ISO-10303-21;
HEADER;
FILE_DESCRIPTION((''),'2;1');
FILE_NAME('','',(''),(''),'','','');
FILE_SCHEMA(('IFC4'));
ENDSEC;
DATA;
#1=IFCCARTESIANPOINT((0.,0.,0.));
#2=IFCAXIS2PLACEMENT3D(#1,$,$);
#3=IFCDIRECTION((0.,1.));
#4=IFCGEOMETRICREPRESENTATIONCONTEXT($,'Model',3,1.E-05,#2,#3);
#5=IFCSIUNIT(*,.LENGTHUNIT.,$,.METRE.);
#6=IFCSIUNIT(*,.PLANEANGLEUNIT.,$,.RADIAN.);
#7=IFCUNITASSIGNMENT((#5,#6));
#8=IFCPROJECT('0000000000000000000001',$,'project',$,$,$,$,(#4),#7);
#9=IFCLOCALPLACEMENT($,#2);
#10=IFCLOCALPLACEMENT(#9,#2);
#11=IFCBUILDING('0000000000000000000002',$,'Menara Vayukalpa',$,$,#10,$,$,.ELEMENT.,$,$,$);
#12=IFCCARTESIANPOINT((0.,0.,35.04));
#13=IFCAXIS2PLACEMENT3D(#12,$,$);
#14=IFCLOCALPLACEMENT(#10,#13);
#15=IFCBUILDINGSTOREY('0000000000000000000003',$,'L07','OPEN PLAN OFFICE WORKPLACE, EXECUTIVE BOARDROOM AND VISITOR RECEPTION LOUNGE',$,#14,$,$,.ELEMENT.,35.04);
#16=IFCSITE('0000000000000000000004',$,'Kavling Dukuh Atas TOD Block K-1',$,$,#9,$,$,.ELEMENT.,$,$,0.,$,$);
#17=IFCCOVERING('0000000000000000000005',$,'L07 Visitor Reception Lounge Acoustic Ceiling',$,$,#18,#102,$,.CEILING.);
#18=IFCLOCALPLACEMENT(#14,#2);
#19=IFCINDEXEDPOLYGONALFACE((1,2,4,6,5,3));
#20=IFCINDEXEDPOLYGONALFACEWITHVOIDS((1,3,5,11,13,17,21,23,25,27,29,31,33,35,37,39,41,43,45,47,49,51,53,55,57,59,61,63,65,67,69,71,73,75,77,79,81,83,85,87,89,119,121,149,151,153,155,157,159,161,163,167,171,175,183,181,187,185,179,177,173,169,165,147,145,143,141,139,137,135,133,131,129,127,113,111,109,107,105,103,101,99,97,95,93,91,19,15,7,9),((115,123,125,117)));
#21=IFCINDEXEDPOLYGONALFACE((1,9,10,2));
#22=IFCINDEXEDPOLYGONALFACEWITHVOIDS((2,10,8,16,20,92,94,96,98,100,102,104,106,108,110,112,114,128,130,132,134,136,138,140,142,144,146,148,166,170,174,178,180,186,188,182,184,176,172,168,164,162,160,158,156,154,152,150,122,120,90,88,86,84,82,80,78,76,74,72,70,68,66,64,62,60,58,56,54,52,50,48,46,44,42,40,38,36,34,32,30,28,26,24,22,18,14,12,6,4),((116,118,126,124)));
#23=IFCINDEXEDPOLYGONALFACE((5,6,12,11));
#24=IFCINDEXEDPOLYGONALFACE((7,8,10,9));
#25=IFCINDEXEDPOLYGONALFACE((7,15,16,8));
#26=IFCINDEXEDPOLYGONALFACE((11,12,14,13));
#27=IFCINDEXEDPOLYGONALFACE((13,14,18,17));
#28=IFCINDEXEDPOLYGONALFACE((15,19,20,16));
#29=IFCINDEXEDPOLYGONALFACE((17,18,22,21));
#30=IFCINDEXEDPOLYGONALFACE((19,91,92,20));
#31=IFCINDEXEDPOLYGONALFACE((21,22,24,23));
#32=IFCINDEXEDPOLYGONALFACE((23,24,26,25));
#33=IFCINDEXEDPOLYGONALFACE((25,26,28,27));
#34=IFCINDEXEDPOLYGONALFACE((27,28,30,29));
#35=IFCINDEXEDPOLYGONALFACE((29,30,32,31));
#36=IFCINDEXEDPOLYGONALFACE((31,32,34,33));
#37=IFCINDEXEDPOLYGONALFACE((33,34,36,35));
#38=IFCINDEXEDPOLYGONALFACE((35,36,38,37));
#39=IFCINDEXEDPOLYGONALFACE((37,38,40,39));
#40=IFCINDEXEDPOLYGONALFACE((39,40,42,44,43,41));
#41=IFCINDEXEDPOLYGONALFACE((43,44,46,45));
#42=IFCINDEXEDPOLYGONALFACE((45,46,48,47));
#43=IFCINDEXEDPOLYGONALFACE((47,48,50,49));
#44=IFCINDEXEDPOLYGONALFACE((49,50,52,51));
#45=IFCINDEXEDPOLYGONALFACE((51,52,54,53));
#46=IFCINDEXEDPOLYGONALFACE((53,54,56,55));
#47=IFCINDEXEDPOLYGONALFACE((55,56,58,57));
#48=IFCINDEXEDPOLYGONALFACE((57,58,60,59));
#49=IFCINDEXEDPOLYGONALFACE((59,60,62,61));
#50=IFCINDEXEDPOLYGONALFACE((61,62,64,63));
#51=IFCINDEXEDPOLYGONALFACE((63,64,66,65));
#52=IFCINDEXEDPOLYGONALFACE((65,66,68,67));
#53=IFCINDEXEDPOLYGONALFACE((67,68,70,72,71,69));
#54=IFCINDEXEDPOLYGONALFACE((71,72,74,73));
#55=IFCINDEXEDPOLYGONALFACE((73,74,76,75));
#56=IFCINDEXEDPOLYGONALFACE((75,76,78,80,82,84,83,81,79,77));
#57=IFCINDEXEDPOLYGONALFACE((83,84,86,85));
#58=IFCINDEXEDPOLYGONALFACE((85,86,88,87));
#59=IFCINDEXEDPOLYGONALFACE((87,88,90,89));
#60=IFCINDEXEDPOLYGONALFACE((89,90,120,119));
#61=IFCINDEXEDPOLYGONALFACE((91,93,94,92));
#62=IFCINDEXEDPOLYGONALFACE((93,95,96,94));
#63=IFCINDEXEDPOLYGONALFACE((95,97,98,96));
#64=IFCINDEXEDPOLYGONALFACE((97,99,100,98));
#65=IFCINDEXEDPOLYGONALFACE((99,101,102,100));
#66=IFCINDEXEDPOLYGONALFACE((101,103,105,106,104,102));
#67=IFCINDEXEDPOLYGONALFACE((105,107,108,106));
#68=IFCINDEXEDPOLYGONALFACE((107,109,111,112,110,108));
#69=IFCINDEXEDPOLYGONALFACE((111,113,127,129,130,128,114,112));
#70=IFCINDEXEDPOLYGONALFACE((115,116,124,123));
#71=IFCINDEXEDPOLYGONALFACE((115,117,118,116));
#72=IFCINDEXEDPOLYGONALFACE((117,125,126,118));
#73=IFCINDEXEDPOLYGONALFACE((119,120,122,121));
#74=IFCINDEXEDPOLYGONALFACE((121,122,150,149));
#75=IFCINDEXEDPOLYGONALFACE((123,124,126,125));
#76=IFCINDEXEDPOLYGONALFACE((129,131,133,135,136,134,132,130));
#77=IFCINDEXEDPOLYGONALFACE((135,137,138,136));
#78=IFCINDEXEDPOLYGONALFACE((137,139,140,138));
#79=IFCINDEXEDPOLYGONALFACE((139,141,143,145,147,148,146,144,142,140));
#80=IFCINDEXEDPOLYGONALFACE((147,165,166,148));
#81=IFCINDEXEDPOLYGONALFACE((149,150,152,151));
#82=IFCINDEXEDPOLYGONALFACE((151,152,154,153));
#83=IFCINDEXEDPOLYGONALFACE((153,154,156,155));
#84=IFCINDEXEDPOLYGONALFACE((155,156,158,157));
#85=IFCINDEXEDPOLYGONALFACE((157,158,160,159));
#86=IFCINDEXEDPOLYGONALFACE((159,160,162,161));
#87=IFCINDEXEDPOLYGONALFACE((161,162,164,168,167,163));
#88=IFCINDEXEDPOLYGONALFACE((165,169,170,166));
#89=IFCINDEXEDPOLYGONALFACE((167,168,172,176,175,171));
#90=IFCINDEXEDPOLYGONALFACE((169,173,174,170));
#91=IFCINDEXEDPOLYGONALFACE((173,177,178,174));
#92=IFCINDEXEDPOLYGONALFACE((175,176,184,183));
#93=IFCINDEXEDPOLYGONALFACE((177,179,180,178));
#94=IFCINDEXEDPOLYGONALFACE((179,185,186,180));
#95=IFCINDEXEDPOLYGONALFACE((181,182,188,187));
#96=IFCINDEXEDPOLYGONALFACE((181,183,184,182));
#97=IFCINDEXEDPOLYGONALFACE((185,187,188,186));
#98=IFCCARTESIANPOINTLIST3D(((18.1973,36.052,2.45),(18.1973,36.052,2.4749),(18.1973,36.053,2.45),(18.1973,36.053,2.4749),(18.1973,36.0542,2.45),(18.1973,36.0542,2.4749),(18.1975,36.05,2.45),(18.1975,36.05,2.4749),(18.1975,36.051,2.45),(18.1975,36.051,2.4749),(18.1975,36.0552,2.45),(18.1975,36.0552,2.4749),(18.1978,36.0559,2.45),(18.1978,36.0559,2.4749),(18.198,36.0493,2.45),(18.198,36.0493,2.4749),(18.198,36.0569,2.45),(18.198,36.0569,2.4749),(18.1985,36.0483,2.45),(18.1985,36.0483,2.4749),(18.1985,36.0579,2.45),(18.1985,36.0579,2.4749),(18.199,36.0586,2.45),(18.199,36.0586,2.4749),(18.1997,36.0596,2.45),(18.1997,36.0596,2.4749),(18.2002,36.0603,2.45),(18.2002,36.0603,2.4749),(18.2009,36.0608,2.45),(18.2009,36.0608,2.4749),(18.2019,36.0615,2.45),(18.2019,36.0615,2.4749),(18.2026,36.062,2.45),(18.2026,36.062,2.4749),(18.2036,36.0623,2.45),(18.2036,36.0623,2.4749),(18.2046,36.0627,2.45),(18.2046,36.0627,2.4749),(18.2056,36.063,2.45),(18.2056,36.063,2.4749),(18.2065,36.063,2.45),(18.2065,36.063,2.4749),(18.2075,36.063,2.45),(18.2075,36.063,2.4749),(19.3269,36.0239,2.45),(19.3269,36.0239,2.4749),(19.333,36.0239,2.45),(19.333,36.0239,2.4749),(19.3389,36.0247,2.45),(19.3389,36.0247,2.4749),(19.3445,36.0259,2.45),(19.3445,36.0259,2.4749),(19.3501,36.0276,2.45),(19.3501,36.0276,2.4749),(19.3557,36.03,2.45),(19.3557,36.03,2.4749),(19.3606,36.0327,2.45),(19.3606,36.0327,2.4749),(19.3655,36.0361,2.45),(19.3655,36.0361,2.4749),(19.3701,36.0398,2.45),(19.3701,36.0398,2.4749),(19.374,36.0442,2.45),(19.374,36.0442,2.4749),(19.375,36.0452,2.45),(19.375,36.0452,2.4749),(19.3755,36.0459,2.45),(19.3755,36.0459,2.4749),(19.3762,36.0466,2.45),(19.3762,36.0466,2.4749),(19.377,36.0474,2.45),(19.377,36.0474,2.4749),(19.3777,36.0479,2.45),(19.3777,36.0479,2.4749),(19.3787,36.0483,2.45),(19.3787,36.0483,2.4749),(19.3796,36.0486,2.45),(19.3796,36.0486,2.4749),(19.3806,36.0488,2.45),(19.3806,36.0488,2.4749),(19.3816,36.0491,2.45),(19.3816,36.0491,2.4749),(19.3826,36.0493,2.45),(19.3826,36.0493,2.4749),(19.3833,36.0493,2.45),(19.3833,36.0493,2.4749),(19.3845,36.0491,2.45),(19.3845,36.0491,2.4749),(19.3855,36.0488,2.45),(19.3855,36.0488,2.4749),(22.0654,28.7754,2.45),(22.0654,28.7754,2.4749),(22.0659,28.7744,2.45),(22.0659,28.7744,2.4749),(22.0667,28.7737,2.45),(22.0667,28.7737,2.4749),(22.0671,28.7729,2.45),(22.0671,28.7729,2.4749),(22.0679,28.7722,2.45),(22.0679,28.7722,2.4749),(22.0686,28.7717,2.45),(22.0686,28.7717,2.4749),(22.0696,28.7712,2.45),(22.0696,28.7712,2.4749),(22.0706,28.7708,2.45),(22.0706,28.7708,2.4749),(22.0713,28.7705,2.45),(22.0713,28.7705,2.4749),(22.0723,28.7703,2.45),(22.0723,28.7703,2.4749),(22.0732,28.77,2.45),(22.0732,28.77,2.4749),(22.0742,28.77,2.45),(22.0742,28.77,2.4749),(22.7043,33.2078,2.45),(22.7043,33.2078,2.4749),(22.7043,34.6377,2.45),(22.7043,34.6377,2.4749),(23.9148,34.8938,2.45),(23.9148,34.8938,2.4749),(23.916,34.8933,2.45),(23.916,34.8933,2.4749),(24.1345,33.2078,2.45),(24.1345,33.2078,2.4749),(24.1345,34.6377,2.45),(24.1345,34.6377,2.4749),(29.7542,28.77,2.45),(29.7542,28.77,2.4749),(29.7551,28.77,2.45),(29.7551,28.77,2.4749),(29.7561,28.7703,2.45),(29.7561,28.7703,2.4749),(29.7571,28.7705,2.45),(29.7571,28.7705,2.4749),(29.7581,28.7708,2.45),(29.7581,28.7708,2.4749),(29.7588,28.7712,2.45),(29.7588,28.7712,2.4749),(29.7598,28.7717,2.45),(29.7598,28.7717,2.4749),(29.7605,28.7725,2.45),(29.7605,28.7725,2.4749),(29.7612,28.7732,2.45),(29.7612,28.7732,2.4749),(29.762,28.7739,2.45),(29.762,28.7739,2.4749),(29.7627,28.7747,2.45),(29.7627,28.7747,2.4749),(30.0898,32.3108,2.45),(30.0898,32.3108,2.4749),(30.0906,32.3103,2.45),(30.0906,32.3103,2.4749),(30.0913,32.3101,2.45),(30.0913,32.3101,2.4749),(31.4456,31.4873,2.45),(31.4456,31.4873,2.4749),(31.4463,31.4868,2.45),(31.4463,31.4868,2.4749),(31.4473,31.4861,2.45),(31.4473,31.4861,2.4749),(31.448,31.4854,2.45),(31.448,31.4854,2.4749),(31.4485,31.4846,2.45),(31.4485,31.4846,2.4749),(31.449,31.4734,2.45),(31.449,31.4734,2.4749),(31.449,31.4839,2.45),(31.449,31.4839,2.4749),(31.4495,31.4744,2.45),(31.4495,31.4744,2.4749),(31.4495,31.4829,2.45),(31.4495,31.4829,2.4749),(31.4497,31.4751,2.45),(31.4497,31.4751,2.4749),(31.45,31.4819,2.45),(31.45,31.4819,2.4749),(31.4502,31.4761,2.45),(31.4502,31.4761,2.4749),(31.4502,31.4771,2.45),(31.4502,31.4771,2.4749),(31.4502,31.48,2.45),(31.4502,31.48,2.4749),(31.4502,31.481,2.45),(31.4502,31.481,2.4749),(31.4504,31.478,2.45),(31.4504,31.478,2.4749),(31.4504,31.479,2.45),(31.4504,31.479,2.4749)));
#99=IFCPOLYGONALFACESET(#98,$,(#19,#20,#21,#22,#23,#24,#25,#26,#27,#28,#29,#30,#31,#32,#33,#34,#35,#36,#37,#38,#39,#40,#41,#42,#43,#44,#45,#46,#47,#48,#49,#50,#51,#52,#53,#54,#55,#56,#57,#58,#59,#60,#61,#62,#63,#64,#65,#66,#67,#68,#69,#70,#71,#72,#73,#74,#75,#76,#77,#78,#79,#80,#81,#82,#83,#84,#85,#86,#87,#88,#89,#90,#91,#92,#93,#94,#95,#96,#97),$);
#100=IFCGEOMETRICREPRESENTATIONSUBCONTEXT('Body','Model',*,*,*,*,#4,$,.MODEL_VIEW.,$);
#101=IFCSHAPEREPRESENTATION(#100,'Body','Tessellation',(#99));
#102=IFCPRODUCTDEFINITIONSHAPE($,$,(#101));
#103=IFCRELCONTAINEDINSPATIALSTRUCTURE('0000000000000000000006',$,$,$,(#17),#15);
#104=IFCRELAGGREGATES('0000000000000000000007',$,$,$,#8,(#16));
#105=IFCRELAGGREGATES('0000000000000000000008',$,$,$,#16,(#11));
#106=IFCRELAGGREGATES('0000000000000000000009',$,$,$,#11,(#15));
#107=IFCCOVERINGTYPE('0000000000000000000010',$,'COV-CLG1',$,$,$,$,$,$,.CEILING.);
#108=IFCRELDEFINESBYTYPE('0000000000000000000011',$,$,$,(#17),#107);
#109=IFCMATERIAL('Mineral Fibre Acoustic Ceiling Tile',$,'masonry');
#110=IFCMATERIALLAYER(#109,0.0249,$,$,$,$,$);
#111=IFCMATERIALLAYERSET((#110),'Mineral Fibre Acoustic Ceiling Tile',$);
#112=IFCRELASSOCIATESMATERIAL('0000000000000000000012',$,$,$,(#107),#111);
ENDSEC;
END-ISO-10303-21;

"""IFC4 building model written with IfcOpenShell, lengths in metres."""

from ifc_helpers import new_model, si_unit, direction, frame, origin, place, context, subcontext, project, spatial, polyline, outline, extrude, material, layer, layer_set, type_object, element, save


model = new_model("IFC4")

# Units and contexts
model_context = context("Model", 3, precision=1e-05, world=origin(), true_north=direction((0.0, 1.0)))
body_context = subcontext(model_context, "Body", "Model", "MODEL_VIEW")
ifc_project = project(units=[si_unit("LENGTHUNIT", "METRE"), si_unit("PLANEANGLEUNIT", "RADIAN")], contexts=[model_context])

# Site, building, storey
site_placement = place(None, origin())
site = spatial("IfcSite", under=ifc_project, at=site_placement, Name="Kavling Dukuh Atas TOD Block K-1", CompositionType="ELEMENT", RefElevation=0.0)
building_placement = place(site_placement, origin())
building = spatial("IfcBuilding", under=site, at=building_placement, Name="Menara Vayukalpa", CompositionType="ELEMENT")
storey_placement = place(building_placement, frame((0.0, 0.0, 35.04)))
storey = spatial("IfcBuildingStorey", under=building, at=storey_placement, Name="L07", Description="OPEN PLAN OFFICE WORKPLACE, EXECUTIVE BOARDROOM AND VISITOR RECEPTION LOUNGE", CompositionType="ELEMENT", Elevation=35.04)

# Covering
ifc_material_1 = material(Name="Mineral Fibre Acoustic Ceiling Tile", Category="masonry")
ifc_layer_1 = layer(ifc_material_1, 0.0249)
ifc_layer_set_1 = layer_set([ifc_layer_1], Name="Mineral Fibre Acoustic Ceiling Tile")
covering_type_1 = type_object("IfcCoveringType", Name="COV-CLG1", PredefinedType="CEILING", material=ifc_layer_set_1)
covering_1_placement = place(storey_placement, frame((0.0, 0.0, 2.45)))
element("IfcCovering", 1, at=covering_1_placement, inside=storey, type_object=covering_type_1, Name="L07 Visitor Reception Lounge Acoustic Ceiling", PredefinedType="CEILING", context=body_context, shape_type="SweptSolid", body=[
    extrude(outline(polyline([(30.0898, 32.3108), (30.0906, 32.3103), (30.0913, 32.3101), (31.4456, 31.4873), (31.4463, 31.4868), (31.4473, 31.4861), (31.448, 31.4854), (31.4485, 31.4846), (31.449, 31.4839), (31.4495, 31.4829), (31.45, 31.4819), (31.4502, 31.481), (31.4502, 31.48), (31.4504, 31.479), (31.4504, 31.478), (31.4502, 31.4771), (31.4502, 31.4761), (31.4497, 31.4751), (31.4495, 31.4744), (31.449, 31.4734), (29.7627, 28.7747), (29.762, 28.7739), (29.7612, 28.7732), (29.7605, 28.7725), (29.7598, 28.7717), (29.7588, 28.7712), (29.7581, 28.7708), (29.7571, 28.7705), (29.7561, 28.7703), (29.7551, 28.77), (29.7542, 28.77), (22.0742, 28.77), (22.0732, 28.77), (22.0723, 28.7703), (22.0713, 28.7705), (22.0706, 28.7708), (22.0696, 28.7712), (22.0686, 28.7717), (22.0679, 28.7722), (22.0671, 28.7729), (22.0667, 28.7737), (22.0659, 28.7744), (22.0654, 28.7754), (18.1985, 36.0483), (18.198, 36.0493), (18.1975, 36.05), (18.1975, 36.051), (18.1973, 36.052), (18.1973, 36.053), (18.1973, 36.0542), (18.1975, 36.0552), (18.1978, 36.0559), (18.198, 36.0569), (18.1985, 36.0579), (18.199, 36.0586), (18.1997, 36.0596), (18.2002, 36.0603), (18.2009, 36.0608), (18.2019, 36.0615), (18.2026, 36.062), (18.2036, 36.0623), (18.2046, 36.0627), (18.2056, 36.063), (18.2065, 36.063), (18.2075, 36.063), (19.3269, 36.0239), (19.333, 36.0239), (19.3389, 36.0247), (19.3445, 36.0259), (19.3501, 36.0276), (19.3557, 36.03), (19.3606, 36.0327), (19.3655, 36.0361), (19.3701, 36.0398), (19.374, 36.0442), (19.375, 36.0452), (19.3755, 36.0459), (19.3762, 36.0466), (19.377, 36.0474), (19.3777, 36.0479), (19.3787, 36.0483), (19.3796, 36.0486), (19.3806, 36.0488), (19.3816, 36.0491), (19.3826, 36.0493), (19.3833, 36.0493), (19.3845, 36.0491), (19.3855, 36.0488), (23.9148, 34.8938), (23.916, 34.8933), (30.0898, 32.3108)]), holes=[polyline([(24.1345, 33.2078), (24.1345, 34.6377), (22.7043, 34.6377), (22.7043, 33.2078), (24.1345, 33.2078)])]), origin(), (0.0, 0.0, 1.0), 0.0249),
])

save(model, "model.ifc")
